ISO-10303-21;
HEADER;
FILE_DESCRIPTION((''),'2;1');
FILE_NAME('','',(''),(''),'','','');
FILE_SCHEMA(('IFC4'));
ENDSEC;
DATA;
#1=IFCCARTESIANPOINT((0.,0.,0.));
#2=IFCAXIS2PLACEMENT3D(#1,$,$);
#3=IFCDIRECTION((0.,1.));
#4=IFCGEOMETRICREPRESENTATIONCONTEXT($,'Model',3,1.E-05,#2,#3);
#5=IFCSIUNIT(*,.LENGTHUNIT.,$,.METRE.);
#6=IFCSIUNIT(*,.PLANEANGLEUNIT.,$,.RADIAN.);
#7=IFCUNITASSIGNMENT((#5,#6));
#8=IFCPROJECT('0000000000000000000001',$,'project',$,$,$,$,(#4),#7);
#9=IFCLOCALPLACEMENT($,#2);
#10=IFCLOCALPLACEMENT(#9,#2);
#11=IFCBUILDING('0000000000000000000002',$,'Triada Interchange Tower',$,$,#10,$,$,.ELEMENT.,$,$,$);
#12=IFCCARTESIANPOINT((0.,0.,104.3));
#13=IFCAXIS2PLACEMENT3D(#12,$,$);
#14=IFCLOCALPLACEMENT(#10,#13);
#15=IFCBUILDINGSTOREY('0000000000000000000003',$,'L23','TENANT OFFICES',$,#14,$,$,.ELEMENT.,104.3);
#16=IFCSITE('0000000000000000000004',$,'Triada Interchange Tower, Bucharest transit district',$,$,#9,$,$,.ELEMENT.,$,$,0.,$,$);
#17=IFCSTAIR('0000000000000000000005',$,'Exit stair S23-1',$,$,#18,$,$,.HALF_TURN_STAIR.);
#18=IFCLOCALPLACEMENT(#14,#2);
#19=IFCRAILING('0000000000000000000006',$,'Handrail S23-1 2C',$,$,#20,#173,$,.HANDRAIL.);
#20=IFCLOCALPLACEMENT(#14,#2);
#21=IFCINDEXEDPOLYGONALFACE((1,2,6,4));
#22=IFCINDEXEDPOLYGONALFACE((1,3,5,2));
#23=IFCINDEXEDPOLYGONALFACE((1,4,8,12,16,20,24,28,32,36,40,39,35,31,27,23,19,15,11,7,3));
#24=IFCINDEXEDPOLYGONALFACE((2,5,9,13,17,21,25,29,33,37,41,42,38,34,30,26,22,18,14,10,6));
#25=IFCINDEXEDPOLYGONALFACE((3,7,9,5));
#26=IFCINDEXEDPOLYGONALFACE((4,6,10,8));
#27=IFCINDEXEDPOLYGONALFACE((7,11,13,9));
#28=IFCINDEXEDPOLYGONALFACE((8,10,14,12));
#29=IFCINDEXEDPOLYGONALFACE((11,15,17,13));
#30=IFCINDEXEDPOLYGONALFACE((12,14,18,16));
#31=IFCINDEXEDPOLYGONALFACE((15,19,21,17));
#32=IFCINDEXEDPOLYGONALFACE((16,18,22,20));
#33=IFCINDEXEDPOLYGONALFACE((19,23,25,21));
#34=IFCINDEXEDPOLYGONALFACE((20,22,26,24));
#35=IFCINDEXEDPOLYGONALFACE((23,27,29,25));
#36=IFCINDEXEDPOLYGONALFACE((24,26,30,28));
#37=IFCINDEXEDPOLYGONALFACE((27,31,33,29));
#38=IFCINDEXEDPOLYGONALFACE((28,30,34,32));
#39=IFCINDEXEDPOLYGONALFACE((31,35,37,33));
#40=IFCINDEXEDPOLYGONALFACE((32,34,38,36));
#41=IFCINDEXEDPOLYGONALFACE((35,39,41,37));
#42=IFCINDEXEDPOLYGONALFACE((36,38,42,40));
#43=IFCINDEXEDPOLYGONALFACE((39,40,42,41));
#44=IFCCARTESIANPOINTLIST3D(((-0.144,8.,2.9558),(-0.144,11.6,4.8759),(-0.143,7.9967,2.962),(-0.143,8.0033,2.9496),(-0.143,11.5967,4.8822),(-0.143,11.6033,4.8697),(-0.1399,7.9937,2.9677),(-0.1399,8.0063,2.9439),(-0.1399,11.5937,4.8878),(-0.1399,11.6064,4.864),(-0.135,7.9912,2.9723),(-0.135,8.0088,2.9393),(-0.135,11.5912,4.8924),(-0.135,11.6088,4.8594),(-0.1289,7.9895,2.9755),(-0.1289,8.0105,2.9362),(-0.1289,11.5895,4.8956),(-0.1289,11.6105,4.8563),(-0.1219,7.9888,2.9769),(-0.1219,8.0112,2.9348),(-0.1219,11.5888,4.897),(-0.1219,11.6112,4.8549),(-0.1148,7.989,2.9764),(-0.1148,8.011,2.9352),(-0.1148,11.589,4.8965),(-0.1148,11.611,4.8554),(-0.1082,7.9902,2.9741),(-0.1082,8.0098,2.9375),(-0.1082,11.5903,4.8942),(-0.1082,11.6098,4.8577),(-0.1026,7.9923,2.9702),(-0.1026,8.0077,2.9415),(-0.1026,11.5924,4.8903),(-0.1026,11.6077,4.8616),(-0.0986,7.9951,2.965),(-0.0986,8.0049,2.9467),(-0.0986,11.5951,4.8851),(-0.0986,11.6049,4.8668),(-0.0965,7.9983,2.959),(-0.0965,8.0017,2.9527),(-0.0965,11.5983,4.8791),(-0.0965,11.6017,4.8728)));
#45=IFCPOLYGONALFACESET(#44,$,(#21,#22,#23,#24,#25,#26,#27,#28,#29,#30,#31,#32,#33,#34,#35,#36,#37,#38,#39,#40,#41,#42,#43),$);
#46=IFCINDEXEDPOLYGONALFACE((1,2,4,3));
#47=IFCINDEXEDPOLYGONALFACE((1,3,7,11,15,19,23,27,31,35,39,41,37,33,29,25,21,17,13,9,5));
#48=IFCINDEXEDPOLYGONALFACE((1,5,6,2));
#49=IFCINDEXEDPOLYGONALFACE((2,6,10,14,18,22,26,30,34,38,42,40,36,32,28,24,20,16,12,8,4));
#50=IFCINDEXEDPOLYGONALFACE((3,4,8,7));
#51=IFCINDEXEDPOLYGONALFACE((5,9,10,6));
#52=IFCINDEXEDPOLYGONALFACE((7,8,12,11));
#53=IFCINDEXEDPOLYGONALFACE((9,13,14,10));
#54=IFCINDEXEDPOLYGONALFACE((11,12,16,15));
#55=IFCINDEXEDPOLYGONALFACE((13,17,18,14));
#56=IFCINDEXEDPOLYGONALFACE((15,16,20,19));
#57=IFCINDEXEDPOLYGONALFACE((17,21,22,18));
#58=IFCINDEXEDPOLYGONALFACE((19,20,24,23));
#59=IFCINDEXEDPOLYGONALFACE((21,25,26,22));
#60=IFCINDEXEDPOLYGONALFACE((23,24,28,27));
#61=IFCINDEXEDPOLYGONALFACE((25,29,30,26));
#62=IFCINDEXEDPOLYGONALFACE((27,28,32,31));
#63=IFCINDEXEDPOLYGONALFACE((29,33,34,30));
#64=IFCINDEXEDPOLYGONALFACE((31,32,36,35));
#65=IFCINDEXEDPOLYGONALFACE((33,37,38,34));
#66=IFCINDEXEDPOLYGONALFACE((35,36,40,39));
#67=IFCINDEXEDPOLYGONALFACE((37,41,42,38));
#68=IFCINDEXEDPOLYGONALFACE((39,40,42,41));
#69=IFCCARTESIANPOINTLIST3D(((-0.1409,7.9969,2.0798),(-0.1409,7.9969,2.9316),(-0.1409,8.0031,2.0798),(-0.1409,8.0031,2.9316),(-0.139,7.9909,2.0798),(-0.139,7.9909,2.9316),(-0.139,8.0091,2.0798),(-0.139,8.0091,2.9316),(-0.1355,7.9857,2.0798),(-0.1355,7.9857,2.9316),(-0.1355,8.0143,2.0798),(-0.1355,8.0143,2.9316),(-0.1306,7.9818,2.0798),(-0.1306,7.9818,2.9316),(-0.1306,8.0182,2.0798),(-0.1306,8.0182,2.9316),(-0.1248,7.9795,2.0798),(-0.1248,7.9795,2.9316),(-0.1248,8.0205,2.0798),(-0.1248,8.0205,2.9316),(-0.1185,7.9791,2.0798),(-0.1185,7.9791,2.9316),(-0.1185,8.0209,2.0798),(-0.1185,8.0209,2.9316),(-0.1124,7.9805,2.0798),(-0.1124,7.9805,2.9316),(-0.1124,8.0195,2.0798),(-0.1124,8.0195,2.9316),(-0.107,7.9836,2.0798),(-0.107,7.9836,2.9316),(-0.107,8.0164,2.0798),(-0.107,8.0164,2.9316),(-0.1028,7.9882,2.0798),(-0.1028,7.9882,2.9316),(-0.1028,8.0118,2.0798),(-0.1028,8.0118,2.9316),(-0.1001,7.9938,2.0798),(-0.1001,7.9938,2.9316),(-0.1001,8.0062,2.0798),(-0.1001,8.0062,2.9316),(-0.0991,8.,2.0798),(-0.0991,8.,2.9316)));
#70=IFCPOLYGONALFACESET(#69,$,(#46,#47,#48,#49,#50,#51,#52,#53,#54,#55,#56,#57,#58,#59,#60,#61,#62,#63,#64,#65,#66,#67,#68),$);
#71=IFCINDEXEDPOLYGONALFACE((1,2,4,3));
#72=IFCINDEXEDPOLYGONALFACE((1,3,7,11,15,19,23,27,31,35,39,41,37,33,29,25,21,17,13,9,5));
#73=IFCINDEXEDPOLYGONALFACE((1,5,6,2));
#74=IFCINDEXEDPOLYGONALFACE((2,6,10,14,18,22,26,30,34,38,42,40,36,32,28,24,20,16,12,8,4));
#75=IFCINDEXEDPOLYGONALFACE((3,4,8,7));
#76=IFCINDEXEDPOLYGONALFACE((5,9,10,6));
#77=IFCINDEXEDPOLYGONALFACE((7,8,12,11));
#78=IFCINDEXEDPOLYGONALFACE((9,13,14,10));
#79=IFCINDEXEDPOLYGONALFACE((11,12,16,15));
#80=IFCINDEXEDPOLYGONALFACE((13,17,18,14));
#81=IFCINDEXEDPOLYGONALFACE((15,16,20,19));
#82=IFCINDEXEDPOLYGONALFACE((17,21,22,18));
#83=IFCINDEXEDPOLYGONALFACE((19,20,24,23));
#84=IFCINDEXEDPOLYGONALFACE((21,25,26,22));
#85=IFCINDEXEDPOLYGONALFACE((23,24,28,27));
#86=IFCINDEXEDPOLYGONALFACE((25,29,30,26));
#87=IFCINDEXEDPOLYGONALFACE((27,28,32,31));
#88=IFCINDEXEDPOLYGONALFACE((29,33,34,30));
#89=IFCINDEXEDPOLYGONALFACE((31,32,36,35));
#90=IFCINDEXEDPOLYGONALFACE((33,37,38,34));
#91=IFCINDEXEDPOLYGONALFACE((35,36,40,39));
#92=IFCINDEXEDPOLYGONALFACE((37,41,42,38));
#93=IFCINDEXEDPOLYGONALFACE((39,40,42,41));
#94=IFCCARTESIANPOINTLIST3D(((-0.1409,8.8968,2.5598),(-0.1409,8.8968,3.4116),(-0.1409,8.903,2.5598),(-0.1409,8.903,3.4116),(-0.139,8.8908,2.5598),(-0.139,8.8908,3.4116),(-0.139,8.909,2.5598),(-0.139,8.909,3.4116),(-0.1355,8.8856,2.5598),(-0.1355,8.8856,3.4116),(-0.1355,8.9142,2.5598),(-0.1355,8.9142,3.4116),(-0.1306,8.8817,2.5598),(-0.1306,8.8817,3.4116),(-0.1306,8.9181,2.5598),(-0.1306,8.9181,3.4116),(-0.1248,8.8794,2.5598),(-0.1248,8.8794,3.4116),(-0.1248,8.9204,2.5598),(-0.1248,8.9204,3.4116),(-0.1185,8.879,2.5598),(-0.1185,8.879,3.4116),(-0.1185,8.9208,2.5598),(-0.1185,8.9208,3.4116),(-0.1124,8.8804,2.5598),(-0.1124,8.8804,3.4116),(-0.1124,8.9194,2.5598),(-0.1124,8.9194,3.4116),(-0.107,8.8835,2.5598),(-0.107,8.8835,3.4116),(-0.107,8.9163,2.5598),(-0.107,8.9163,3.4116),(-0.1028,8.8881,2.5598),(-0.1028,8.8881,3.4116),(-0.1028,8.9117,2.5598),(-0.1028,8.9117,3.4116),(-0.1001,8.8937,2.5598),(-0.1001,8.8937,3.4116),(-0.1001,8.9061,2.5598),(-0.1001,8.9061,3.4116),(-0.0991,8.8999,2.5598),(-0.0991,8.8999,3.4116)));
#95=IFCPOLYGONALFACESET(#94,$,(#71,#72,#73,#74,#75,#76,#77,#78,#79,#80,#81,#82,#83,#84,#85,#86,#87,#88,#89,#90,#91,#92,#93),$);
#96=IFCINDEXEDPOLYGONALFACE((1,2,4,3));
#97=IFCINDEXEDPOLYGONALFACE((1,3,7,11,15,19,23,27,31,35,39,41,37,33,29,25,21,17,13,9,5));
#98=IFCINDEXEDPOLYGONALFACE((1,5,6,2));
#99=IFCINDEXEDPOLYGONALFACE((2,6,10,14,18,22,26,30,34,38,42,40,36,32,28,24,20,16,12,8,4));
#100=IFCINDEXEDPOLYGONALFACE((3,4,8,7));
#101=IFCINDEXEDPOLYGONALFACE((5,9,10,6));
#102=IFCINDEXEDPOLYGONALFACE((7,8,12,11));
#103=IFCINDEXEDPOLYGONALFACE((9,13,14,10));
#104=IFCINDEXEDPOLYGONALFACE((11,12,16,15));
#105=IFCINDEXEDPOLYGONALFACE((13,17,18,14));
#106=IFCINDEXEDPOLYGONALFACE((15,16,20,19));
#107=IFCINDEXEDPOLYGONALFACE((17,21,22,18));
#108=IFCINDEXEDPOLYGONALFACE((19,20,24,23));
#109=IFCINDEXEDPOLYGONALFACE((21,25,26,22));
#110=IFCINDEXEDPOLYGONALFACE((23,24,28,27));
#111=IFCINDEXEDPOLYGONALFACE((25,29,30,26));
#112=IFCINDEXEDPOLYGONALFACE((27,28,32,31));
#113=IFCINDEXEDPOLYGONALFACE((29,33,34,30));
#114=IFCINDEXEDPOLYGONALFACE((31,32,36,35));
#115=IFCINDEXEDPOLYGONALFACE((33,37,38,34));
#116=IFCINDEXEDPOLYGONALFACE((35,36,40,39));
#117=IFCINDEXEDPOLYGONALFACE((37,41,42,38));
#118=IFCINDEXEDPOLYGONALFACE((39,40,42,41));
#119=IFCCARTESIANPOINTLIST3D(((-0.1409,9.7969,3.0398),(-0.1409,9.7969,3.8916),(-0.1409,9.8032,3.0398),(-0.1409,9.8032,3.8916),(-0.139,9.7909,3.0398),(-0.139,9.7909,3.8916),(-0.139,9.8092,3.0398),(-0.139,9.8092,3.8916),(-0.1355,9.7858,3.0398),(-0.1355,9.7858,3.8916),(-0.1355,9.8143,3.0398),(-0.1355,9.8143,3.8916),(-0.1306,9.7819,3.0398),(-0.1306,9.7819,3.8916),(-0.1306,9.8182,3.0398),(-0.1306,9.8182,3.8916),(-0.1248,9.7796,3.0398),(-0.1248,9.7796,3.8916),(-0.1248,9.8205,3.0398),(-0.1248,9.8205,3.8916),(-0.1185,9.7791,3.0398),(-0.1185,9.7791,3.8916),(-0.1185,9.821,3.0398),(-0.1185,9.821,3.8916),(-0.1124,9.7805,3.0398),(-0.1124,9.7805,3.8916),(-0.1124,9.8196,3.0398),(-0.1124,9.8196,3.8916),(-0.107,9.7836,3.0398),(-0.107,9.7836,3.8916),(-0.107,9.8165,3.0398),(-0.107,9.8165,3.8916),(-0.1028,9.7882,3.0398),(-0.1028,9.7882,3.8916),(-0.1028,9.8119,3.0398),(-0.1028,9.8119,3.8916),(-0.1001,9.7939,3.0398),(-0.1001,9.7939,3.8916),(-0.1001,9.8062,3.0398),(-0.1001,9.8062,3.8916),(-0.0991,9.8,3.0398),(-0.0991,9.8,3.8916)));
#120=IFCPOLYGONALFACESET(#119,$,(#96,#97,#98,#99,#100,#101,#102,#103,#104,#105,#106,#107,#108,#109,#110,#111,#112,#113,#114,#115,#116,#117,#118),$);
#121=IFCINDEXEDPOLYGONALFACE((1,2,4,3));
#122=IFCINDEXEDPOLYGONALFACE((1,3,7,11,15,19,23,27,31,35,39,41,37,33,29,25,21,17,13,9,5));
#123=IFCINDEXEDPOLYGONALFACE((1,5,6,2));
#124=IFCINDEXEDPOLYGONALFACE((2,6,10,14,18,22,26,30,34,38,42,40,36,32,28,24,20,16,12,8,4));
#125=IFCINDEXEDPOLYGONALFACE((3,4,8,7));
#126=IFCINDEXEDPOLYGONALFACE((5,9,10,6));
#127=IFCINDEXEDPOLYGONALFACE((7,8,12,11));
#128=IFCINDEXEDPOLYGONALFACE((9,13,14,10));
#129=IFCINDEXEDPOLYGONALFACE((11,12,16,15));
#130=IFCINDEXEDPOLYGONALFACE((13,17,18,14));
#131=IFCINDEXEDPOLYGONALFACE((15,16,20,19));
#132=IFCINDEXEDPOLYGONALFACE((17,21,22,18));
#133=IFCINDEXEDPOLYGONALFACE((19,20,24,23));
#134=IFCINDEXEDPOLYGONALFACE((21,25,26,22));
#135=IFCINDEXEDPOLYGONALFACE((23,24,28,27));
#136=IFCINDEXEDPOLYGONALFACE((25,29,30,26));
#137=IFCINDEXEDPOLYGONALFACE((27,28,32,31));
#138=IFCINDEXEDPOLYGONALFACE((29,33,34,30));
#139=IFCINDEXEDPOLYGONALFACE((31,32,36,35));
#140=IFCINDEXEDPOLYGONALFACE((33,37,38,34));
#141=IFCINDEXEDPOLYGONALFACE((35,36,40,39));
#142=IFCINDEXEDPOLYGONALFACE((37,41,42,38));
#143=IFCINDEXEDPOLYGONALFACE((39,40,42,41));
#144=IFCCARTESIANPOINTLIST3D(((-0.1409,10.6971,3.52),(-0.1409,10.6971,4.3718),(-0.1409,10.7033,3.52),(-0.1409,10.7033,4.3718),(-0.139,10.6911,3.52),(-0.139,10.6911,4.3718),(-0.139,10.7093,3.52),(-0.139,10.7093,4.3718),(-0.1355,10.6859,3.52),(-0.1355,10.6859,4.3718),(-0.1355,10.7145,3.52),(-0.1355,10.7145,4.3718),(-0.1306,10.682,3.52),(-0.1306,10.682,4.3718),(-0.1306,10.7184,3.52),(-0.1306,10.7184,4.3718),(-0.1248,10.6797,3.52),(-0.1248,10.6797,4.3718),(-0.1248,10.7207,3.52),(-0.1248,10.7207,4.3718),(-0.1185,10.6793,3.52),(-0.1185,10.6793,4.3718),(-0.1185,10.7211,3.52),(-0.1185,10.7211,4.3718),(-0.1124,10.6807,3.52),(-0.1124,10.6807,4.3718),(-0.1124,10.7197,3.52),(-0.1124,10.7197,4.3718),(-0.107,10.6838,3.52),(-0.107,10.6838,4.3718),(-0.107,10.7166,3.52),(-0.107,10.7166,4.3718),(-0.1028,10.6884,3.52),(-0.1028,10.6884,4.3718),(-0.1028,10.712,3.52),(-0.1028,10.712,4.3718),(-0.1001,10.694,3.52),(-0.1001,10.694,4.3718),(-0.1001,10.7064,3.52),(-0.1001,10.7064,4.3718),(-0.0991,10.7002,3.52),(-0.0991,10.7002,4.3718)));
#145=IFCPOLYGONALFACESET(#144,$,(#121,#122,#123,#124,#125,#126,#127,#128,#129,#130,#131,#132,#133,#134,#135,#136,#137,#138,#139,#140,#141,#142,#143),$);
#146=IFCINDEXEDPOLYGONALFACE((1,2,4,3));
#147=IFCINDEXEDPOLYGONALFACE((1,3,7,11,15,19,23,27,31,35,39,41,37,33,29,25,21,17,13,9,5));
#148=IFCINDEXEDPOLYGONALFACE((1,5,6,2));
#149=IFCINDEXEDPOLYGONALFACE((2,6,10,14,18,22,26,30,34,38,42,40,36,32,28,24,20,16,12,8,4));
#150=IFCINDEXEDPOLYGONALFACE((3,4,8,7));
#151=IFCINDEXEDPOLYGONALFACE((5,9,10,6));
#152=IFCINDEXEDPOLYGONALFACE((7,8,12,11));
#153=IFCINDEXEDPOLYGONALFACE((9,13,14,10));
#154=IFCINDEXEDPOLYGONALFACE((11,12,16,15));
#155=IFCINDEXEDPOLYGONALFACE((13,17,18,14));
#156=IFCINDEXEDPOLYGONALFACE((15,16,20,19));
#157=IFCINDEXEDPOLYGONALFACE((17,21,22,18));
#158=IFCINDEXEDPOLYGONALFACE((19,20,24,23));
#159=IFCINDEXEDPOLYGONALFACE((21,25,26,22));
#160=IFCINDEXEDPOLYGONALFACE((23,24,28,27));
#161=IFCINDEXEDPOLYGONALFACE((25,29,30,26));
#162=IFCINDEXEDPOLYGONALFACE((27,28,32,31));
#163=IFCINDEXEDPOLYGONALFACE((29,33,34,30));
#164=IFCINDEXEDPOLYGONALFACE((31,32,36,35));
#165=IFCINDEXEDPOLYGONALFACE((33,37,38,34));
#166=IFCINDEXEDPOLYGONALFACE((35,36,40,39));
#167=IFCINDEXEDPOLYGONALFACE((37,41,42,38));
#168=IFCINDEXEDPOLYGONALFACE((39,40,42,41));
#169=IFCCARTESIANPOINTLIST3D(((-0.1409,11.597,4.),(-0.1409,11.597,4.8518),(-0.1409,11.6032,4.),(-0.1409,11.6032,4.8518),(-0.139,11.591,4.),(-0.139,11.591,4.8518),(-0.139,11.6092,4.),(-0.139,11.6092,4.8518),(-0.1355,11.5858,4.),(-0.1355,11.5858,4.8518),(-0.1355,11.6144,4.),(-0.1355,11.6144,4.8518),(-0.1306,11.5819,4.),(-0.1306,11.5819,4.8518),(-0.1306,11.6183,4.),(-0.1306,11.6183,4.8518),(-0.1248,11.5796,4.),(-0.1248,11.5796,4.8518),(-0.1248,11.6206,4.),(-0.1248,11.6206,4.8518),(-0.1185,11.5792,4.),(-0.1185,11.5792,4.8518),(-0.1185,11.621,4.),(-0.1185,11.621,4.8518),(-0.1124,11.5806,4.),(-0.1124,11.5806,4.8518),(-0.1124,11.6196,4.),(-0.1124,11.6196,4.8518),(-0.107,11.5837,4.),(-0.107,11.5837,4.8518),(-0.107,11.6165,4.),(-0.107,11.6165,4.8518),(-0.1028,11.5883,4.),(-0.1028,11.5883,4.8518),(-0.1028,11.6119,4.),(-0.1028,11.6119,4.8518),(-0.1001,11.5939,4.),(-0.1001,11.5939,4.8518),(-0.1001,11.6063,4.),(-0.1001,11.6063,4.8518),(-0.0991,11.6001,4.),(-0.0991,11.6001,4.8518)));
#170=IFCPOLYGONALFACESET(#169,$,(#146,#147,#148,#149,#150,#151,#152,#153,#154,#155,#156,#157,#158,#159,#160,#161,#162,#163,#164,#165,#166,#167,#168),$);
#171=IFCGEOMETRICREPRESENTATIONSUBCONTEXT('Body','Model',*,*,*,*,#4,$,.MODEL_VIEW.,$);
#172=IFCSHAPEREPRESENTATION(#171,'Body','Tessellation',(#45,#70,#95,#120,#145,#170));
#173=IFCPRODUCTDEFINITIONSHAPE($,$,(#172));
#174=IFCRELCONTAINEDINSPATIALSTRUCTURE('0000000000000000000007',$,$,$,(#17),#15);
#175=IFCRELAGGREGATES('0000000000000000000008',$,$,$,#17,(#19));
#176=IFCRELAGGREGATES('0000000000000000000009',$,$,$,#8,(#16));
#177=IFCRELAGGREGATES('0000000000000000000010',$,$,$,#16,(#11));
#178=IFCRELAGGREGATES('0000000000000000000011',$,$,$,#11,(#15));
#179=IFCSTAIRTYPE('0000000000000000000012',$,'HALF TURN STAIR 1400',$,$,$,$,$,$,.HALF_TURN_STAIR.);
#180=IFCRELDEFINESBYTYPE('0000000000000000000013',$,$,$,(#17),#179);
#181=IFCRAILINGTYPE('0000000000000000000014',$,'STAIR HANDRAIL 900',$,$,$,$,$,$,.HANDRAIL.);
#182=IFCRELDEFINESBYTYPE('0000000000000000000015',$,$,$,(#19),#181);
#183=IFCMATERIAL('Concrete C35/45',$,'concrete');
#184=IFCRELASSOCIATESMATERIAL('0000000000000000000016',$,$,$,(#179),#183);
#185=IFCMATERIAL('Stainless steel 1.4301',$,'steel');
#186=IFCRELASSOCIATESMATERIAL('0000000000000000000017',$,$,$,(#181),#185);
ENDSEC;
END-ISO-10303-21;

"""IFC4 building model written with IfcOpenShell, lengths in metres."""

from ifc_helpers import new_model, si_unit, direction, frame, origin, origin_2d, place, context, subcontext, project, spatial, circle, extrude, material, type_object, element, aggregate, save


model = new_model("IFC4")

# Units and contexts
model_context = context("Model", 3, precision=1e-05, world=origin(), true_north=direction((0.0, 1.0)))
body_context = subcontext(model_context, "Body", "Model", "MODEL_VIEW")
ifc_project = project(units=[si_unit("LENGTHUNIT", "METRE"), si_unit("PLANEANGLEUNIT", "RADIAN")], contexts=[model_context])

# Site, building, storey
site_placement = place(None, origin())
site = spatial("IfcSite", under=ifc_project, at=site_placement, Name="Triada Interchange Tower, Bucharest transit district", CompositionType="ELEMENT", RefElevation=0.0)
building_placement = place(site_placement, origin())
building = spatial("IfcBuilding", under=site, at=building_placement, Name="Triada Interchange Tower", CompositionType="ELEMENT")
storey_placement = place(building_placement, frame((0.0, 0.0, 104.3)))
storey = spatial("IfcBuildingStorey", under=building, at=storey_placement, Name="L23", Description="TENANT OFFICES", CompositionType="ELEMENT", Elevation=104.3)

# Stair, railing
ifc_material_1 = material(Name="Concrete C35/45", Category="concrete")
stair_type = type_object("IfcStairType", Name="HALF TURN STAIR 1400", PredefinedType="HALF_TURN_STAIR", material=ifc_material_1)
stair_placement = place(storey_placement, origin())
stair = element("IfcStair", 1, at=stair_placement, inside=storey, type_object=stair_type, Name="Exit stair S23-1", PredefinedType="HALF_TURN_STAIR")
ifc_material_2 = material(Name="Stainless steel 1.4301", Category="steel")
railing_type = type_object("IfcRailingType", Name="STAIR HANDRAIL 900", PredefinedType="HANDRAIL", material=ifc_material_2)
railing_1_placement = place(storey_placement, frame((-0.1201, 8.0, 2.0798)))
railing_1 = element("IfcRailing", 2, at=railing_1_placement, type_object=railing_type, Name="Handrail S23-1 2C", PredefinedType="HANDRAIL", context=body_context, shape_type="SweptSolid", body=[
    extrude(circle(Radius=0.0239, at=origin_2d()), frame((0.0, 0.0, 0.876), z_axis=(0.0, 0.882341, 0.47061), x_axis=(-1.0, 0.0, 0.0)), (0.0, 0.0, 1.0), 4.0801),
    extrude(circle(Radius=0.021, at=origin_2d()), origin(), (0.0, 0.0, 1.0), 0.8518),
    extrude(circle(Radius=0.021, at=origin_2d()), frame((0.0, 0.8999, 0.48)), (0.0, 0.0, 1.0), 0.8518),
    extrude(circle(Radius=0.021, at=origin_2d()), frame((0.0, 1.8, 0.96)), (0.0, 0.0, 1.0), 0.8518),
    extrude(circle(Radius=0.021, at=origin_2d()), frame((0.0, 2.7002, 1.4402)), (0.0, 0.0, 1.0), 0.8518),
    extrude(circle(Radius=0.021, at=origin_2d()), frame((0.0, 3.6001, 1.9202)), (0.0, 0.0, 1.0), 0.8518),
])
aggregate(stair, [railing_1])

save(model, "model.ifc")
